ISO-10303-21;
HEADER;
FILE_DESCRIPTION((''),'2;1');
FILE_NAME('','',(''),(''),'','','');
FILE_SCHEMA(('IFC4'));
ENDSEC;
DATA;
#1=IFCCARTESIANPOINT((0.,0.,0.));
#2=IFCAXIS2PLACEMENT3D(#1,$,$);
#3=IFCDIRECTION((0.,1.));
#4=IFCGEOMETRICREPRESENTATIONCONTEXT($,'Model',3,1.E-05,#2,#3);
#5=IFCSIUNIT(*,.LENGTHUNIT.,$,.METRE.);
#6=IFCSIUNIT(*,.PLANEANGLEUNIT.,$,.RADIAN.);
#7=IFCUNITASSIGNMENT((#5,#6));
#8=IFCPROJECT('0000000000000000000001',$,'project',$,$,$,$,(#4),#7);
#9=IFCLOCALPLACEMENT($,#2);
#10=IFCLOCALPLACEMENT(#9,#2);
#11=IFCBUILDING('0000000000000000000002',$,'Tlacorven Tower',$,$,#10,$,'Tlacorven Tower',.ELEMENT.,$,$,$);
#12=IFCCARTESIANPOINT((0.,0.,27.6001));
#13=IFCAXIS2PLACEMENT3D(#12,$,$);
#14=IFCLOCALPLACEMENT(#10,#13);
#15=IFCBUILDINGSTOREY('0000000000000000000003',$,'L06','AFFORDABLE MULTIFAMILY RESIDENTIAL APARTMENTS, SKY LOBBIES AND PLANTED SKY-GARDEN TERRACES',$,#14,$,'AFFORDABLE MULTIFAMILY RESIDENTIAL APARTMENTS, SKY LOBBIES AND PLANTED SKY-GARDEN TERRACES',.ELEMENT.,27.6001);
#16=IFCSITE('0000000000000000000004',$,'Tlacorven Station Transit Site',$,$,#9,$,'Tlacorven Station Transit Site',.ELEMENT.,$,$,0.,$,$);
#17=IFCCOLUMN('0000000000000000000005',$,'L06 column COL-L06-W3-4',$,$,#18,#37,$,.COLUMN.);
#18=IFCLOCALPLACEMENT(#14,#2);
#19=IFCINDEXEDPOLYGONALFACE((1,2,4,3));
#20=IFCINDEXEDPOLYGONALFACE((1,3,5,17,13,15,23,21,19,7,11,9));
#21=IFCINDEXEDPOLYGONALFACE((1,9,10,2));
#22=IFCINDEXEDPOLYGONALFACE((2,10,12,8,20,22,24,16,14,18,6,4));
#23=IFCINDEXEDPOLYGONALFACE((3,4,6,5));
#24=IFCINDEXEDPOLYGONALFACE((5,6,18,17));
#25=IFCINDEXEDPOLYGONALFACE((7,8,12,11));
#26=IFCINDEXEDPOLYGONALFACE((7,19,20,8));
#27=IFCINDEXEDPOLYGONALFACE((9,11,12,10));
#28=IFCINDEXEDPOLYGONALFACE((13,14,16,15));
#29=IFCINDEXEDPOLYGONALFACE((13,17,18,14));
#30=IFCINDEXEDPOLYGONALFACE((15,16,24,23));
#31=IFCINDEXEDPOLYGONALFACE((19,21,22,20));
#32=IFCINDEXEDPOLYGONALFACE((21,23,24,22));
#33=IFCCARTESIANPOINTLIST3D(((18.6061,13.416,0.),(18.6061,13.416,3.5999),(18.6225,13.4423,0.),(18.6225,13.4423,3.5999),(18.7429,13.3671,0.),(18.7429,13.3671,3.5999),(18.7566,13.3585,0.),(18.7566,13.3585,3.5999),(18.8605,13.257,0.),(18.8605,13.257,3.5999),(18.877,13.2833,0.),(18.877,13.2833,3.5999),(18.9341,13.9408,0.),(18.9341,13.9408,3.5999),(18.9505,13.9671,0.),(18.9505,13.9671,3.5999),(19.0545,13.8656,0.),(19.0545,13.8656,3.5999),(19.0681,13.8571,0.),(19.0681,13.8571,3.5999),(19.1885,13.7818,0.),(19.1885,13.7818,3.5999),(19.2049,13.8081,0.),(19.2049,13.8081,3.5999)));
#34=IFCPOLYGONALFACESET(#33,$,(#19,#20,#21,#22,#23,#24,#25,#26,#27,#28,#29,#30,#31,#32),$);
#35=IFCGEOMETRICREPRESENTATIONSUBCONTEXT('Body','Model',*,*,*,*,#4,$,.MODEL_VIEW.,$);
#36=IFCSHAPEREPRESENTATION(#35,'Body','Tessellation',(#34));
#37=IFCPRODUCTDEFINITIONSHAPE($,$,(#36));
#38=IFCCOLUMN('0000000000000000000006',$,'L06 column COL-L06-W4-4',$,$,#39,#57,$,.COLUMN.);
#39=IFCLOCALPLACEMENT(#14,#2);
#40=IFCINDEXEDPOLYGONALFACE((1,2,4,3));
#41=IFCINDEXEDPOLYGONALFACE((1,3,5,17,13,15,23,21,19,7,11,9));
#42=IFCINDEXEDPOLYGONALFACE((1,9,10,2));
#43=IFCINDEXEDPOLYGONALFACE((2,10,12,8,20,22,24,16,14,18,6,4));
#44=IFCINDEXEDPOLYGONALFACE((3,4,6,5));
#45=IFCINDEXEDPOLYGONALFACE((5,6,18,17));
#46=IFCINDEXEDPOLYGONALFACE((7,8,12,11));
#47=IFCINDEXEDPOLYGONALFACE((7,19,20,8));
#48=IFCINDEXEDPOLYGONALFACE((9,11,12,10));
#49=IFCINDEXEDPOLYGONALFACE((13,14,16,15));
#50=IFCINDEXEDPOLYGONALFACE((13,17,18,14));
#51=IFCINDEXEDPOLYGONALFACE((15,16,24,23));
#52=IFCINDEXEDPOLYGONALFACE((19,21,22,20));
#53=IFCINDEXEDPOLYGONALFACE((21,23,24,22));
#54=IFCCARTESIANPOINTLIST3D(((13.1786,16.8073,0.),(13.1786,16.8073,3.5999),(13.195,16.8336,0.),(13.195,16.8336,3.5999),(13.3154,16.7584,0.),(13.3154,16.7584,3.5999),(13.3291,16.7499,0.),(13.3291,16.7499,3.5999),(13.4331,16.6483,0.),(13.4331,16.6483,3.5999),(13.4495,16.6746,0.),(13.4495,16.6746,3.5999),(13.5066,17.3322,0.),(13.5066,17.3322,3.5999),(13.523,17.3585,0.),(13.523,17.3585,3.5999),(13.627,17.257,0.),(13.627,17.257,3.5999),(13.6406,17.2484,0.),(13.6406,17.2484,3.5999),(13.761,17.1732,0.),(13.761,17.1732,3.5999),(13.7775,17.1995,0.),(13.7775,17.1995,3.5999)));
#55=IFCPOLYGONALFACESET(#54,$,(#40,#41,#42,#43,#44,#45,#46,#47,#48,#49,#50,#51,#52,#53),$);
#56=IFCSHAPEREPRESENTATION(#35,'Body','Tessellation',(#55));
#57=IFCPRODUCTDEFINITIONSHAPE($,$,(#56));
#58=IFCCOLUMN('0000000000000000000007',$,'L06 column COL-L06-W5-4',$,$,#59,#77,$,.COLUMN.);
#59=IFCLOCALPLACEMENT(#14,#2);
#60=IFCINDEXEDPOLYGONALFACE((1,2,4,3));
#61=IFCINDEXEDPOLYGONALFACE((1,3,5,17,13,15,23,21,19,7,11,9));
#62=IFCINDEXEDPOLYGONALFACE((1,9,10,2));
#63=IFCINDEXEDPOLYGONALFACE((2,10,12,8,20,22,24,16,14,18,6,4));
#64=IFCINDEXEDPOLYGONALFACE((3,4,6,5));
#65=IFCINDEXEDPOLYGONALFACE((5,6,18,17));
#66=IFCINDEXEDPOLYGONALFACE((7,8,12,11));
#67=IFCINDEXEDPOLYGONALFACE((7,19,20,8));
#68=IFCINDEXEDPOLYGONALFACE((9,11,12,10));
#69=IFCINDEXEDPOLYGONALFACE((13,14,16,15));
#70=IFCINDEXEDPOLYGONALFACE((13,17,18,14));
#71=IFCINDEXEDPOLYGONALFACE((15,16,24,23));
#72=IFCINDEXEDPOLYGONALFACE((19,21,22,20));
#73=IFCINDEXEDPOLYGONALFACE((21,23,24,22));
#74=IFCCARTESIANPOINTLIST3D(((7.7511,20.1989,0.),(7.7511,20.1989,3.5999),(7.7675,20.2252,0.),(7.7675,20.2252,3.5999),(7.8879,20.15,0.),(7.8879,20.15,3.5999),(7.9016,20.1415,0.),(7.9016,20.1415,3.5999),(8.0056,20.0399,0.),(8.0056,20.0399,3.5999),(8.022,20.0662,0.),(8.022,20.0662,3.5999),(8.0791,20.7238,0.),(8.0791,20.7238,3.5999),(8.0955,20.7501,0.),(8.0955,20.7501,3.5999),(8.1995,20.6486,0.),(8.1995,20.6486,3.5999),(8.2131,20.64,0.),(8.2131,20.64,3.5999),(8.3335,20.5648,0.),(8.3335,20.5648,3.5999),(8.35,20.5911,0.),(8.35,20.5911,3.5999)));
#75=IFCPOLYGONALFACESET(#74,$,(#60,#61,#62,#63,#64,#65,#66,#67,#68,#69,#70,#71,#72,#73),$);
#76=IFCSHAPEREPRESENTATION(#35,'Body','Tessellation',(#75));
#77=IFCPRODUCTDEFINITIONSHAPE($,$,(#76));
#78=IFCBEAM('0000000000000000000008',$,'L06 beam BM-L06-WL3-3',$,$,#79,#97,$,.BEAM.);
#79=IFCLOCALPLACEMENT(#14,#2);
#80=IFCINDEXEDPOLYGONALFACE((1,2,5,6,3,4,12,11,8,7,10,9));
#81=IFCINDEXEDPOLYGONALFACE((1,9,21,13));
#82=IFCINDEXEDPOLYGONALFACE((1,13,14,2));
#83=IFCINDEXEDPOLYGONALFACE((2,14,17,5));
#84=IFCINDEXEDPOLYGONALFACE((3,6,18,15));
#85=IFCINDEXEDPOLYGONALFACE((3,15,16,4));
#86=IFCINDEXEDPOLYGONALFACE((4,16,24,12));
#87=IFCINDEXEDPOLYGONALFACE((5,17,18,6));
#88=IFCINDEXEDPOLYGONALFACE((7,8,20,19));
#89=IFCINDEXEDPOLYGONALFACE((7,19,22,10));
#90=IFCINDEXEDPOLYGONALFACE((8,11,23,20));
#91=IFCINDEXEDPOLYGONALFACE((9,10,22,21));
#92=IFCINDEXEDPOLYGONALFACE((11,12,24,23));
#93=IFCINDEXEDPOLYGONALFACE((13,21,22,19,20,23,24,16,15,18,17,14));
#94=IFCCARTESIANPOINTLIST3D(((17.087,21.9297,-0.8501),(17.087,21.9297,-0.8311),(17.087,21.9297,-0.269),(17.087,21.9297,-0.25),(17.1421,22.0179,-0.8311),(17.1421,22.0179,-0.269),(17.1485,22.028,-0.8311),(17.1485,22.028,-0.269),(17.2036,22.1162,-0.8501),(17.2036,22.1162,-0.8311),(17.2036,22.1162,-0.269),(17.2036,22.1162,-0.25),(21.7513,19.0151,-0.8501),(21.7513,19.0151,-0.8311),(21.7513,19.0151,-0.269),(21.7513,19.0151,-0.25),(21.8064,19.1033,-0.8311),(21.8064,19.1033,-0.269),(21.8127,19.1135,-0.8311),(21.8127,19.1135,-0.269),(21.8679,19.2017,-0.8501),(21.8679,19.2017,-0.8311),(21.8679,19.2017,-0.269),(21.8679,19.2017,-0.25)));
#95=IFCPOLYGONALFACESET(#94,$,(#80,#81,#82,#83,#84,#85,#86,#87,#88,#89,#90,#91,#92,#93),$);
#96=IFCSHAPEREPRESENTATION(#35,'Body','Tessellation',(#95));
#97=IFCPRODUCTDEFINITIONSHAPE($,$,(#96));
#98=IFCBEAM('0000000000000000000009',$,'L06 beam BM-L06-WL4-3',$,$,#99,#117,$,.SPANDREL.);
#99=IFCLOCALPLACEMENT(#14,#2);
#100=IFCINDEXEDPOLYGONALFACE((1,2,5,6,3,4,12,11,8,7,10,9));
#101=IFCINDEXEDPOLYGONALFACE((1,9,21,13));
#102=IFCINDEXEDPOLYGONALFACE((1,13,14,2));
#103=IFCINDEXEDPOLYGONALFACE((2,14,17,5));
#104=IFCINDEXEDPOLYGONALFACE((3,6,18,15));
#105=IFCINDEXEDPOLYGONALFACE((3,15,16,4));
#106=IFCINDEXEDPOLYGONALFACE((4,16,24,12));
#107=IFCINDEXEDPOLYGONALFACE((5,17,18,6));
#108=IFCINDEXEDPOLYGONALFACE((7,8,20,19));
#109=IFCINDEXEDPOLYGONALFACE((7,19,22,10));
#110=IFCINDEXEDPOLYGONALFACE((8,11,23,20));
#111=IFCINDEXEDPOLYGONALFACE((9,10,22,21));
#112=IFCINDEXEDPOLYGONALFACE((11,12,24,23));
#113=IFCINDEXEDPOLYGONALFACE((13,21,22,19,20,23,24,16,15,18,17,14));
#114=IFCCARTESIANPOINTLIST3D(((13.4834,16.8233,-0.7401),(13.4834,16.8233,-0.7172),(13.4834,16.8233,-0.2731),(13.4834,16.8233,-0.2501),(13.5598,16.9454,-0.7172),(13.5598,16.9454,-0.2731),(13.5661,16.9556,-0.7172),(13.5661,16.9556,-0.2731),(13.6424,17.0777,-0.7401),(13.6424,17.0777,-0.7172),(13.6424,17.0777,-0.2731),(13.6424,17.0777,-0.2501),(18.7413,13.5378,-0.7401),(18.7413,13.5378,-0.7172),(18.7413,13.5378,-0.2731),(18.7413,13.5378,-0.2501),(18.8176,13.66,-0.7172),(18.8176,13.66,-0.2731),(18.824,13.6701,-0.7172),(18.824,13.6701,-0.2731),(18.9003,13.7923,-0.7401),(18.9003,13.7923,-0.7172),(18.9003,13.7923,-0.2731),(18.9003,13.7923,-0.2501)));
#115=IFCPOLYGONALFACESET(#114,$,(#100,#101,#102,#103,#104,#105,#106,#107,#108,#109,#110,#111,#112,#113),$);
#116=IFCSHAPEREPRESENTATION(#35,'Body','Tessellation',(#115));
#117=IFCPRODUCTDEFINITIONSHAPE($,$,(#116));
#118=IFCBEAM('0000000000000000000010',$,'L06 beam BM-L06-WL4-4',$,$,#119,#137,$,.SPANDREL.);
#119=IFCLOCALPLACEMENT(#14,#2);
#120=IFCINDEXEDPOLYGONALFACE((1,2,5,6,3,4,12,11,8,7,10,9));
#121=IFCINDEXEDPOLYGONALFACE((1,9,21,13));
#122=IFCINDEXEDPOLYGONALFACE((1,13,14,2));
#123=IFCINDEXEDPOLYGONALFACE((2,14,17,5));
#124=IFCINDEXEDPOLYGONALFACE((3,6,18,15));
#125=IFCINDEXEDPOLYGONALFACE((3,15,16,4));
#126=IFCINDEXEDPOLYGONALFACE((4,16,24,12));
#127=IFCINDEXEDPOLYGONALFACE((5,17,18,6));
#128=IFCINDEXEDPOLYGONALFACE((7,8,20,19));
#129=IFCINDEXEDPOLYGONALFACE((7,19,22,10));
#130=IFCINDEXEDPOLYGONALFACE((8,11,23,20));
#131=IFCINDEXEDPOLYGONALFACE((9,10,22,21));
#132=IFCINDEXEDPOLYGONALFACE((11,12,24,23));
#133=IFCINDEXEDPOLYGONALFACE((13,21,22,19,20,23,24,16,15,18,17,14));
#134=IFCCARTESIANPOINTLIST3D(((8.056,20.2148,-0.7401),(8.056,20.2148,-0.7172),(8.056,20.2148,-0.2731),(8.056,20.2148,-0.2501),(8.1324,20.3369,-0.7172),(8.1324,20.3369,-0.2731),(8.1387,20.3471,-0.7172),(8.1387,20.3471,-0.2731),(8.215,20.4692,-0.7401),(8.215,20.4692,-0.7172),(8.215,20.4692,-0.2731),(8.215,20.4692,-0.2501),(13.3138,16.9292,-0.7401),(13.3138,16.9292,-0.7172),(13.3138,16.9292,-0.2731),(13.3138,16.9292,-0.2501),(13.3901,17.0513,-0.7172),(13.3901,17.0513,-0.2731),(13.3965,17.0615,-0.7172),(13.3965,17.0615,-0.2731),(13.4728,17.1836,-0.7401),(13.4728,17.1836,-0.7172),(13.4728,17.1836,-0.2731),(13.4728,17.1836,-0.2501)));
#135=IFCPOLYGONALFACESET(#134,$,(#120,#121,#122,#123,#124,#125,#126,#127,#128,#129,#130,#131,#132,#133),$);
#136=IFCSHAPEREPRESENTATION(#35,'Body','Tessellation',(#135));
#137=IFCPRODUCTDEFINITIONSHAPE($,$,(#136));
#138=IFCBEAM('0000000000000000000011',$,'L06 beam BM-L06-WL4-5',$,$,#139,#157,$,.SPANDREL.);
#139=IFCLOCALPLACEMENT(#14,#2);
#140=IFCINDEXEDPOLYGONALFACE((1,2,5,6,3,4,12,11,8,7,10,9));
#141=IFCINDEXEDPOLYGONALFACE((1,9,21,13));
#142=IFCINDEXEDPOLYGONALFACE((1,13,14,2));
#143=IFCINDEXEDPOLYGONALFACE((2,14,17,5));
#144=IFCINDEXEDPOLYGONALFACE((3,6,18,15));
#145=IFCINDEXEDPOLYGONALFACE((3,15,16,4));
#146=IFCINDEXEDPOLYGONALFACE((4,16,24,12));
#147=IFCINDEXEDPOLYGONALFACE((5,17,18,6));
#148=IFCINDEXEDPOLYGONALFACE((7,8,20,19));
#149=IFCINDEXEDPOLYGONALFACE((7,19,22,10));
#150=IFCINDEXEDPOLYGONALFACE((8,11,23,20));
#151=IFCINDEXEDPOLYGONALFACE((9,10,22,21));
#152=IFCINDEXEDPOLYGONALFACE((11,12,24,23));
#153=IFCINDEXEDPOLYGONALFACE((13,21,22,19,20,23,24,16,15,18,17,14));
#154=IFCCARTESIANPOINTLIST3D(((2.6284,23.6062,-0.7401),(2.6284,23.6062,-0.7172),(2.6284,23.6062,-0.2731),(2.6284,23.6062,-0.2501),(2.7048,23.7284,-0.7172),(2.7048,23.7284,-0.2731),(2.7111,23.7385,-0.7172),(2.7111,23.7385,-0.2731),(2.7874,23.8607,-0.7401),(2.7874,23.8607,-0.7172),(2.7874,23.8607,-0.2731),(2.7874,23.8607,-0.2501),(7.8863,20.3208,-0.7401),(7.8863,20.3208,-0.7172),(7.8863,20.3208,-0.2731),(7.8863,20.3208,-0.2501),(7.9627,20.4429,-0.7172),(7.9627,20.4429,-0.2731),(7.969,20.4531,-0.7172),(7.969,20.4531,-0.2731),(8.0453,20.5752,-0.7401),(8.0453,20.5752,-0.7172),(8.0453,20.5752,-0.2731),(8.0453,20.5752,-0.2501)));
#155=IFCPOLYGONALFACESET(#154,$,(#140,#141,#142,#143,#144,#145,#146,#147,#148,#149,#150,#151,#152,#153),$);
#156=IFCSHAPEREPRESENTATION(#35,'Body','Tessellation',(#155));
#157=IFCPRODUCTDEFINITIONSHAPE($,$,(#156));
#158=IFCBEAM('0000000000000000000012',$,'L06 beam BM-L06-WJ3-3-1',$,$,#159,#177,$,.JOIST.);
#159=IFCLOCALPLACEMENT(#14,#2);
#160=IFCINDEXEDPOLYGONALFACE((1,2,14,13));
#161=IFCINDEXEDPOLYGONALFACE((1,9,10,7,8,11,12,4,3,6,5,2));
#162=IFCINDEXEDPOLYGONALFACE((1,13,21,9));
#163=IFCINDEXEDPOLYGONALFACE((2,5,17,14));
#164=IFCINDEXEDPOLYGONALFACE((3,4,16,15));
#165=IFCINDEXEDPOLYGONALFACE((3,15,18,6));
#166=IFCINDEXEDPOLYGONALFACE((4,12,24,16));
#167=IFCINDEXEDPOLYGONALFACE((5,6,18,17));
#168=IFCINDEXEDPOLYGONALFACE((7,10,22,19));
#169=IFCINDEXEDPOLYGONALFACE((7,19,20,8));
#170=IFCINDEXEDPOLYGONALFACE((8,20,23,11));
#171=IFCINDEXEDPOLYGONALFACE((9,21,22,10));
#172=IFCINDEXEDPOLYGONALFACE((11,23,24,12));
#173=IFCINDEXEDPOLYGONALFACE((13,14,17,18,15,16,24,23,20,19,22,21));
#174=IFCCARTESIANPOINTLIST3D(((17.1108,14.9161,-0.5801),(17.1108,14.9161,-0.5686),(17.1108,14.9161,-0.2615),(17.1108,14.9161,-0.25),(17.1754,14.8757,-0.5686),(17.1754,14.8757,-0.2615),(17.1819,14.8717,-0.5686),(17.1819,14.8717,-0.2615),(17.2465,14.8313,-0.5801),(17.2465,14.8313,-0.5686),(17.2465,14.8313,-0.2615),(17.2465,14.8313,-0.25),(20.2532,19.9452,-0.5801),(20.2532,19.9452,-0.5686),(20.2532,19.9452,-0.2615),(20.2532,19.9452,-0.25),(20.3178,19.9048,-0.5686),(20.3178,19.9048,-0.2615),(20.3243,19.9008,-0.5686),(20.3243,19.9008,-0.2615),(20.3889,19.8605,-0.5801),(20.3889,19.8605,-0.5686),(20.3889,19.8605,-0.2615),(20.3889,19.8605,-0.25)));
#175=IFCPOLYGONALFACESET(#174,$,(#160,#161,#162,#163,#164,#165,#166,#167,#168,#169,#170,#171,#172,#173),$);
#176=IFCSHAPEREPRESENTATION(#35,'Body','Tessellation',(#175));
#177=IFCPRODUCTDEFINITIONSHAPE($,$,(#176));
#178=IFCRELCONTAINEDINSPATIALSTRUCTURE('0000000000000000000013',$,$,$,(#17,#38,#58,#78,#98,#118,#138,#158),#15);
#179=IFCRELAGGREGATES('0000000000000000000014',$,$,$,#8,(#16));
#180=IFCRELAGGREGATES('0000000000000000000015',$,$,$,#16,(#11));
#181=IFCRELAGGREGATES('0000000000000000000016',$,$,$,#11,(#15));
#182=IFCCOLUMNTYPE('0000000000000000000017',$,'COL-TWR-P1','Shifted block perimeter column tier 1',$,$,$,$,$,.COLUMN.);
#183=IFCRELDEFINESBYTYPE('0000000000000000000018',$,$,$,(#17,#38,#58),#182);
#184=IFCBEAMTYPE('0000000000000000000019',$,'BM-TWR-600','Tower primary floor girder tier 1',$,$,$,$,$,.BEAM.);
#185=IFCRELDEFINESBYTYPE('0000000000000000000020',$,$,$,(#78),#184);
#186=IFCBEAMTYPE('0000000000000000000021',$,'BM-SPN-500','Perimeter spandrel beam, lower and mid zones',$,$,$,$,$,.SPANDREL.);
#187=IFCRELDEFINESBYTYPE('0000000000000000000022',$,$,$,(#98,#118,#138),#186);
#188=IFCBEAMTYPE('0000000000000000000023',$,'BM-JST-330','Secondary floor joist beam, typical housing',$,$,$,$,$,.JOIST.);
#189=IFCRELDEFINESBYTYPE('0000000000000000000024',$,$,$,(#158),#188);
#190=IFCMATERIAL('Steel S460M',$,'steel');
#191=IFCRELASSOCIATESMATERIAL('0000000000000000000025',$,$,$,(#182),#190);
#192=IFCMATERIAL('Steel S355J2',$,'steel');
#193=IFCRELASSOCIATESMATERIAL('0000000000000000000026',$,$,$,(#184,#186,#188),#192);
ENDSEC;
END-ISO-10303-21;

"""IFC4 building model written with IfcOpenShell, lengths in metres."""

from ifc_helpers import new_model, si_unit, direction, frame, origin, origin_2d, place, context, subcontext, project, spatial, i_section, extrude, source, transform, mapped, material, material_profile, profile_set, type_object, element, save


model = new_model("IFC4")

# Units and contexts
model_context = context("Model", 3, precision=1e-05, world=origin(), true_north=direction((0.0, 1.0)))
body_context = subcontext(model_context, "Body", "Model", "MODEL_VIEW")
ifc_project = project(units=[si_unit("LENGTHUNIT", "METRE"), si_unit("PLANEANGLEUNIT", "RADIAN")], contexts=[model_context])

# Site, building, storey
site_placement = place(None, origin())
site = spatial("IfcSite", under=ifc_project, at=site_placement, Name="Tlacorven Station Transit Site", LongName="Tlacorven Station Transit Site", CompositionType="ELEMENT", RefElevation=0.0)
building_placement = place(site_placement, origin())
building = spatial("IfcBuilding", under=site, at=building_placement, Name="Tlacorven Tower", LongName="Tlacorven Tower", CompositionType="ELEMENT")
storey_placement = place(building_placement, frame((0.0, 0.0, 27.6001)))
storey = spatial("IfcBuildingStorey", under=building, at=storey_placement, Name="L06", Description="AFFORDABLE MULTIFAMILY RESIDENTIAL APARTMENTS, SKY LOBBIES AND PLANTED SKY-GARDEN TERRACES", LongName="AFFORDABLE MULTIFAMILY RESIDENTIAL APARTMENTS, SKY LOBBIES AND PLANTED SKY-GARDEN TERRACES", CompositionType="ELEMENT", Elevation=27.6001)

# Columns
ifc_material_1 = material(Name="Steel S460M", Category="steel")
ifc_material_profile_1 = material_profile(ifc_material_1, i_section(OverallWidth=0.3, OverallDepth=0.6499, WebThickness=0.0161, FlangeThickness=0.031, at=origin_2d()), Name="HEB 650")
ifc_profile_set_1 = profile_set([ifc_material_profile_1], Name="Steel S460M")
column_type = type_object("IfcColumnType", Name="COL-TWR-P1", Description="Shifted block perimeter column tier 1", PredefinedType="COLUMN", material=ifc_profile_set_1)
shared_shape_1 = source(origin(), body_context, "Body", "SweptSolid", [
    extrude(i_section(OverallWidth=0.3, OverallDepth=0.6499, WebThickness=0.0161, FlangeThickness=0.031, at=origin_2d()), origin(), (0.0, 0.0, 1.0), 3.5999),
])
for number, where, z_axis, x_axis, name in (
    (1, (18.9055, 13.6121, 0.0), (0.0, 0.0, 1.0), (-0.848048, 0.529919, 0.0), "L06 column COL-L06-W3-4"),
    (2, (13.478, 17.0034, 0.0), (0.0, 0.0, 1.0), (-0.848048, 0.529919, 0.0), "L06 column COL-L06-W4-4"),
    (3, (8.0505, 20.395, 0.0), (0.0, 0.0, 1.0), (-0.848048, 0.529919, 0.0), "L06 column COL-L06-W5-4"),
):
    element("IfcColumn", number, at=place(storey_placement, frame(where, z_axis=z_axis, x_axis=x_axis)), inside=storey, type_object=column_type, Name=name, PredefinedType="COLUMN", context=body_context, shape_type="MappedRepresentation", body=[
        mapped(shared_shape_1, transform((0.0, 0.0, 0.0), scale=1.0)),
    ])

# Beams
ifc_material_2 = material(Name="Steel S355J2", Category="steel")
ifc_material_profile_2 = material_profile(ifc_material_2, i_section(OverallWidth=0.22, OverallDepth=0.6001, WebThickness=0.012, FlangeThickness=0.019, at=origin_2d()), Name="IPE 600")
ifc_profile_set_2 = profile_set([ifc_material_profile_2], Name="Steel S355J2")
beam_type_1 = type_object("IfcBeamType", Name="BM-TWR-600", Description="Tower primary floor girder tier 1", PredefinedType="BEAM", material=ifc_profile_set_2)
shared_shape_2 = source(origin(), body_context, "Body", "SweptSolid", [
    extrude(i_section(OverallWidth=0.22, OverallDepth=0.6001, WebThickness=0.012, FlangeThickness=0.019, at=origin_2d()), origin(), (0.0, 0.0, 1.0), 5.5),
])
beam_1_placement = place(storey_placement, frame((21.8096, 19.1084, -0.55), z_axis=(-0.848051, 0.529915, 0.0), x_axis=(-0.529915, -0.848051, 0.0)))
element("IfcBeam", 4, at=beam_1_placement, inside=storey, type_object=beam_type_1, Name="L06 beam BM-L06-WL3-3", PredefinedType="BEAM", context=body_context, shape_type="MappedRepresentation", body=[
    mapped(shared_shape_2, transform((0.0, 0.0, 0.0), scale=1.0)),
])
ifc_material_profile_3 = material_profile(ifc_material_2, i_section(OverallWidth=0.3, OverallDepth=0.49, WebThickness=0.012, FlangeThickness=0.0229, at=origin_2d()), Name="HEA 500")
ifc_profile_set_3 = profile_set([ifc_material_profile_3], Name="Steel S355J2")
beam_type_2 = type_object("IfcBeamType", Name="BM-SPN-500", Description="Perimeter spandrel beam, lower and mid zones", PredefinedType="SPANDREL", material=ifc_profile_set_3)
shared_shape_3 = source(origin(), body_context, "Body", "SweptSolid", [
    extrude(i_section(OverallWidth=0.3, OverallDepth=0.49, WebThickness=0.012, FlangeThickness=0.0229, at=origin_2d()), origin(), (0.0, 0.0, 1.0), 6.2),
])
for number, where, z_axis, x_axis, name in (
    (5, (18.8208, 13.665, -0.4951), (-0.848051, 0.529914, 0.0), (-0.529914, -0.848051, 0.0), "L06 beam BM-L06-WL4-3"),
    (6, (13.3933, 17.0564, -0.4951), (-0.848034, 0.529942, 0.0), (-0.529942, -0.848034, 0.0), "L06 beam BM-L06-WL4-4"),
    (7, (7.9658, 20.448, -0.4951), (-0.848051, 0.529914, 0.0), (-0.529914, -0.848051, 0.0), "L06 beam BM-L06-WL4-5"),
):
    element("IfcBeam", number, at=place(storey_placement, frame(where, z_axis=z_axis, x_axis=x_axis)), inside=storey, type_object=beam_type_2, Name=name, PredefinedType="SPANDREL", context=body_context, shape_type="MappedRepresentation", body=[
        mapped(shared_shape_3, transform((0.0, 0.0, 0.0), scale=1.0)),
    ])
ifc_material_profile_4 = material_profile(ifc_material_2, i_section(OverallWidth=0.1599, OverallDepth=0.3301, WebThickness=0.0076, FlangeThickness=0.0115, at=origin_2d()), Name="IPE 330")
ifc_profile_set_4 = profile_set([ifc_material_profile_4], Name="Steel S355J2")
beam_type_3 = type_object("IfcBeamType", Name="BM-JST-330", Description="Secondary floor joist beam, typical housing", PredefinedType="JOIST", material=ifc_profile_set_4)
shared_shape_4 = source(origin(), body_context, "Body", "SweptSolid", [
    extrude(i_section(OverallWidth=0.1599, OverallDepth=0.3301, WebThickness=0.0076, FlangeThickness=0.0115, at=origin_2d()), origin(), (0.0, 0.0, 1.0), 5.9302),
])
beam_2_placement = place(storey_placement, frame((20.321, 19.9028, -0.415), z_axis=(-0.529899, -0.848061, 0.0), x_axis=(0.848061, -0.529899, 0.0)))
element("IfcBeam", 8, at=beam_2_placement, inside=storey, type_object=beam_type_3, Name="L06 beam BM-L06-WJ3-3-1", PredefinedType="JOIST", context=body_context, shape_type="MappedRepresentation", body=[
    mapped(shared_shape_4, transform((0.0, 0.0, 0.0), scale=1.0)),
])

save(model, "model.ifc")
